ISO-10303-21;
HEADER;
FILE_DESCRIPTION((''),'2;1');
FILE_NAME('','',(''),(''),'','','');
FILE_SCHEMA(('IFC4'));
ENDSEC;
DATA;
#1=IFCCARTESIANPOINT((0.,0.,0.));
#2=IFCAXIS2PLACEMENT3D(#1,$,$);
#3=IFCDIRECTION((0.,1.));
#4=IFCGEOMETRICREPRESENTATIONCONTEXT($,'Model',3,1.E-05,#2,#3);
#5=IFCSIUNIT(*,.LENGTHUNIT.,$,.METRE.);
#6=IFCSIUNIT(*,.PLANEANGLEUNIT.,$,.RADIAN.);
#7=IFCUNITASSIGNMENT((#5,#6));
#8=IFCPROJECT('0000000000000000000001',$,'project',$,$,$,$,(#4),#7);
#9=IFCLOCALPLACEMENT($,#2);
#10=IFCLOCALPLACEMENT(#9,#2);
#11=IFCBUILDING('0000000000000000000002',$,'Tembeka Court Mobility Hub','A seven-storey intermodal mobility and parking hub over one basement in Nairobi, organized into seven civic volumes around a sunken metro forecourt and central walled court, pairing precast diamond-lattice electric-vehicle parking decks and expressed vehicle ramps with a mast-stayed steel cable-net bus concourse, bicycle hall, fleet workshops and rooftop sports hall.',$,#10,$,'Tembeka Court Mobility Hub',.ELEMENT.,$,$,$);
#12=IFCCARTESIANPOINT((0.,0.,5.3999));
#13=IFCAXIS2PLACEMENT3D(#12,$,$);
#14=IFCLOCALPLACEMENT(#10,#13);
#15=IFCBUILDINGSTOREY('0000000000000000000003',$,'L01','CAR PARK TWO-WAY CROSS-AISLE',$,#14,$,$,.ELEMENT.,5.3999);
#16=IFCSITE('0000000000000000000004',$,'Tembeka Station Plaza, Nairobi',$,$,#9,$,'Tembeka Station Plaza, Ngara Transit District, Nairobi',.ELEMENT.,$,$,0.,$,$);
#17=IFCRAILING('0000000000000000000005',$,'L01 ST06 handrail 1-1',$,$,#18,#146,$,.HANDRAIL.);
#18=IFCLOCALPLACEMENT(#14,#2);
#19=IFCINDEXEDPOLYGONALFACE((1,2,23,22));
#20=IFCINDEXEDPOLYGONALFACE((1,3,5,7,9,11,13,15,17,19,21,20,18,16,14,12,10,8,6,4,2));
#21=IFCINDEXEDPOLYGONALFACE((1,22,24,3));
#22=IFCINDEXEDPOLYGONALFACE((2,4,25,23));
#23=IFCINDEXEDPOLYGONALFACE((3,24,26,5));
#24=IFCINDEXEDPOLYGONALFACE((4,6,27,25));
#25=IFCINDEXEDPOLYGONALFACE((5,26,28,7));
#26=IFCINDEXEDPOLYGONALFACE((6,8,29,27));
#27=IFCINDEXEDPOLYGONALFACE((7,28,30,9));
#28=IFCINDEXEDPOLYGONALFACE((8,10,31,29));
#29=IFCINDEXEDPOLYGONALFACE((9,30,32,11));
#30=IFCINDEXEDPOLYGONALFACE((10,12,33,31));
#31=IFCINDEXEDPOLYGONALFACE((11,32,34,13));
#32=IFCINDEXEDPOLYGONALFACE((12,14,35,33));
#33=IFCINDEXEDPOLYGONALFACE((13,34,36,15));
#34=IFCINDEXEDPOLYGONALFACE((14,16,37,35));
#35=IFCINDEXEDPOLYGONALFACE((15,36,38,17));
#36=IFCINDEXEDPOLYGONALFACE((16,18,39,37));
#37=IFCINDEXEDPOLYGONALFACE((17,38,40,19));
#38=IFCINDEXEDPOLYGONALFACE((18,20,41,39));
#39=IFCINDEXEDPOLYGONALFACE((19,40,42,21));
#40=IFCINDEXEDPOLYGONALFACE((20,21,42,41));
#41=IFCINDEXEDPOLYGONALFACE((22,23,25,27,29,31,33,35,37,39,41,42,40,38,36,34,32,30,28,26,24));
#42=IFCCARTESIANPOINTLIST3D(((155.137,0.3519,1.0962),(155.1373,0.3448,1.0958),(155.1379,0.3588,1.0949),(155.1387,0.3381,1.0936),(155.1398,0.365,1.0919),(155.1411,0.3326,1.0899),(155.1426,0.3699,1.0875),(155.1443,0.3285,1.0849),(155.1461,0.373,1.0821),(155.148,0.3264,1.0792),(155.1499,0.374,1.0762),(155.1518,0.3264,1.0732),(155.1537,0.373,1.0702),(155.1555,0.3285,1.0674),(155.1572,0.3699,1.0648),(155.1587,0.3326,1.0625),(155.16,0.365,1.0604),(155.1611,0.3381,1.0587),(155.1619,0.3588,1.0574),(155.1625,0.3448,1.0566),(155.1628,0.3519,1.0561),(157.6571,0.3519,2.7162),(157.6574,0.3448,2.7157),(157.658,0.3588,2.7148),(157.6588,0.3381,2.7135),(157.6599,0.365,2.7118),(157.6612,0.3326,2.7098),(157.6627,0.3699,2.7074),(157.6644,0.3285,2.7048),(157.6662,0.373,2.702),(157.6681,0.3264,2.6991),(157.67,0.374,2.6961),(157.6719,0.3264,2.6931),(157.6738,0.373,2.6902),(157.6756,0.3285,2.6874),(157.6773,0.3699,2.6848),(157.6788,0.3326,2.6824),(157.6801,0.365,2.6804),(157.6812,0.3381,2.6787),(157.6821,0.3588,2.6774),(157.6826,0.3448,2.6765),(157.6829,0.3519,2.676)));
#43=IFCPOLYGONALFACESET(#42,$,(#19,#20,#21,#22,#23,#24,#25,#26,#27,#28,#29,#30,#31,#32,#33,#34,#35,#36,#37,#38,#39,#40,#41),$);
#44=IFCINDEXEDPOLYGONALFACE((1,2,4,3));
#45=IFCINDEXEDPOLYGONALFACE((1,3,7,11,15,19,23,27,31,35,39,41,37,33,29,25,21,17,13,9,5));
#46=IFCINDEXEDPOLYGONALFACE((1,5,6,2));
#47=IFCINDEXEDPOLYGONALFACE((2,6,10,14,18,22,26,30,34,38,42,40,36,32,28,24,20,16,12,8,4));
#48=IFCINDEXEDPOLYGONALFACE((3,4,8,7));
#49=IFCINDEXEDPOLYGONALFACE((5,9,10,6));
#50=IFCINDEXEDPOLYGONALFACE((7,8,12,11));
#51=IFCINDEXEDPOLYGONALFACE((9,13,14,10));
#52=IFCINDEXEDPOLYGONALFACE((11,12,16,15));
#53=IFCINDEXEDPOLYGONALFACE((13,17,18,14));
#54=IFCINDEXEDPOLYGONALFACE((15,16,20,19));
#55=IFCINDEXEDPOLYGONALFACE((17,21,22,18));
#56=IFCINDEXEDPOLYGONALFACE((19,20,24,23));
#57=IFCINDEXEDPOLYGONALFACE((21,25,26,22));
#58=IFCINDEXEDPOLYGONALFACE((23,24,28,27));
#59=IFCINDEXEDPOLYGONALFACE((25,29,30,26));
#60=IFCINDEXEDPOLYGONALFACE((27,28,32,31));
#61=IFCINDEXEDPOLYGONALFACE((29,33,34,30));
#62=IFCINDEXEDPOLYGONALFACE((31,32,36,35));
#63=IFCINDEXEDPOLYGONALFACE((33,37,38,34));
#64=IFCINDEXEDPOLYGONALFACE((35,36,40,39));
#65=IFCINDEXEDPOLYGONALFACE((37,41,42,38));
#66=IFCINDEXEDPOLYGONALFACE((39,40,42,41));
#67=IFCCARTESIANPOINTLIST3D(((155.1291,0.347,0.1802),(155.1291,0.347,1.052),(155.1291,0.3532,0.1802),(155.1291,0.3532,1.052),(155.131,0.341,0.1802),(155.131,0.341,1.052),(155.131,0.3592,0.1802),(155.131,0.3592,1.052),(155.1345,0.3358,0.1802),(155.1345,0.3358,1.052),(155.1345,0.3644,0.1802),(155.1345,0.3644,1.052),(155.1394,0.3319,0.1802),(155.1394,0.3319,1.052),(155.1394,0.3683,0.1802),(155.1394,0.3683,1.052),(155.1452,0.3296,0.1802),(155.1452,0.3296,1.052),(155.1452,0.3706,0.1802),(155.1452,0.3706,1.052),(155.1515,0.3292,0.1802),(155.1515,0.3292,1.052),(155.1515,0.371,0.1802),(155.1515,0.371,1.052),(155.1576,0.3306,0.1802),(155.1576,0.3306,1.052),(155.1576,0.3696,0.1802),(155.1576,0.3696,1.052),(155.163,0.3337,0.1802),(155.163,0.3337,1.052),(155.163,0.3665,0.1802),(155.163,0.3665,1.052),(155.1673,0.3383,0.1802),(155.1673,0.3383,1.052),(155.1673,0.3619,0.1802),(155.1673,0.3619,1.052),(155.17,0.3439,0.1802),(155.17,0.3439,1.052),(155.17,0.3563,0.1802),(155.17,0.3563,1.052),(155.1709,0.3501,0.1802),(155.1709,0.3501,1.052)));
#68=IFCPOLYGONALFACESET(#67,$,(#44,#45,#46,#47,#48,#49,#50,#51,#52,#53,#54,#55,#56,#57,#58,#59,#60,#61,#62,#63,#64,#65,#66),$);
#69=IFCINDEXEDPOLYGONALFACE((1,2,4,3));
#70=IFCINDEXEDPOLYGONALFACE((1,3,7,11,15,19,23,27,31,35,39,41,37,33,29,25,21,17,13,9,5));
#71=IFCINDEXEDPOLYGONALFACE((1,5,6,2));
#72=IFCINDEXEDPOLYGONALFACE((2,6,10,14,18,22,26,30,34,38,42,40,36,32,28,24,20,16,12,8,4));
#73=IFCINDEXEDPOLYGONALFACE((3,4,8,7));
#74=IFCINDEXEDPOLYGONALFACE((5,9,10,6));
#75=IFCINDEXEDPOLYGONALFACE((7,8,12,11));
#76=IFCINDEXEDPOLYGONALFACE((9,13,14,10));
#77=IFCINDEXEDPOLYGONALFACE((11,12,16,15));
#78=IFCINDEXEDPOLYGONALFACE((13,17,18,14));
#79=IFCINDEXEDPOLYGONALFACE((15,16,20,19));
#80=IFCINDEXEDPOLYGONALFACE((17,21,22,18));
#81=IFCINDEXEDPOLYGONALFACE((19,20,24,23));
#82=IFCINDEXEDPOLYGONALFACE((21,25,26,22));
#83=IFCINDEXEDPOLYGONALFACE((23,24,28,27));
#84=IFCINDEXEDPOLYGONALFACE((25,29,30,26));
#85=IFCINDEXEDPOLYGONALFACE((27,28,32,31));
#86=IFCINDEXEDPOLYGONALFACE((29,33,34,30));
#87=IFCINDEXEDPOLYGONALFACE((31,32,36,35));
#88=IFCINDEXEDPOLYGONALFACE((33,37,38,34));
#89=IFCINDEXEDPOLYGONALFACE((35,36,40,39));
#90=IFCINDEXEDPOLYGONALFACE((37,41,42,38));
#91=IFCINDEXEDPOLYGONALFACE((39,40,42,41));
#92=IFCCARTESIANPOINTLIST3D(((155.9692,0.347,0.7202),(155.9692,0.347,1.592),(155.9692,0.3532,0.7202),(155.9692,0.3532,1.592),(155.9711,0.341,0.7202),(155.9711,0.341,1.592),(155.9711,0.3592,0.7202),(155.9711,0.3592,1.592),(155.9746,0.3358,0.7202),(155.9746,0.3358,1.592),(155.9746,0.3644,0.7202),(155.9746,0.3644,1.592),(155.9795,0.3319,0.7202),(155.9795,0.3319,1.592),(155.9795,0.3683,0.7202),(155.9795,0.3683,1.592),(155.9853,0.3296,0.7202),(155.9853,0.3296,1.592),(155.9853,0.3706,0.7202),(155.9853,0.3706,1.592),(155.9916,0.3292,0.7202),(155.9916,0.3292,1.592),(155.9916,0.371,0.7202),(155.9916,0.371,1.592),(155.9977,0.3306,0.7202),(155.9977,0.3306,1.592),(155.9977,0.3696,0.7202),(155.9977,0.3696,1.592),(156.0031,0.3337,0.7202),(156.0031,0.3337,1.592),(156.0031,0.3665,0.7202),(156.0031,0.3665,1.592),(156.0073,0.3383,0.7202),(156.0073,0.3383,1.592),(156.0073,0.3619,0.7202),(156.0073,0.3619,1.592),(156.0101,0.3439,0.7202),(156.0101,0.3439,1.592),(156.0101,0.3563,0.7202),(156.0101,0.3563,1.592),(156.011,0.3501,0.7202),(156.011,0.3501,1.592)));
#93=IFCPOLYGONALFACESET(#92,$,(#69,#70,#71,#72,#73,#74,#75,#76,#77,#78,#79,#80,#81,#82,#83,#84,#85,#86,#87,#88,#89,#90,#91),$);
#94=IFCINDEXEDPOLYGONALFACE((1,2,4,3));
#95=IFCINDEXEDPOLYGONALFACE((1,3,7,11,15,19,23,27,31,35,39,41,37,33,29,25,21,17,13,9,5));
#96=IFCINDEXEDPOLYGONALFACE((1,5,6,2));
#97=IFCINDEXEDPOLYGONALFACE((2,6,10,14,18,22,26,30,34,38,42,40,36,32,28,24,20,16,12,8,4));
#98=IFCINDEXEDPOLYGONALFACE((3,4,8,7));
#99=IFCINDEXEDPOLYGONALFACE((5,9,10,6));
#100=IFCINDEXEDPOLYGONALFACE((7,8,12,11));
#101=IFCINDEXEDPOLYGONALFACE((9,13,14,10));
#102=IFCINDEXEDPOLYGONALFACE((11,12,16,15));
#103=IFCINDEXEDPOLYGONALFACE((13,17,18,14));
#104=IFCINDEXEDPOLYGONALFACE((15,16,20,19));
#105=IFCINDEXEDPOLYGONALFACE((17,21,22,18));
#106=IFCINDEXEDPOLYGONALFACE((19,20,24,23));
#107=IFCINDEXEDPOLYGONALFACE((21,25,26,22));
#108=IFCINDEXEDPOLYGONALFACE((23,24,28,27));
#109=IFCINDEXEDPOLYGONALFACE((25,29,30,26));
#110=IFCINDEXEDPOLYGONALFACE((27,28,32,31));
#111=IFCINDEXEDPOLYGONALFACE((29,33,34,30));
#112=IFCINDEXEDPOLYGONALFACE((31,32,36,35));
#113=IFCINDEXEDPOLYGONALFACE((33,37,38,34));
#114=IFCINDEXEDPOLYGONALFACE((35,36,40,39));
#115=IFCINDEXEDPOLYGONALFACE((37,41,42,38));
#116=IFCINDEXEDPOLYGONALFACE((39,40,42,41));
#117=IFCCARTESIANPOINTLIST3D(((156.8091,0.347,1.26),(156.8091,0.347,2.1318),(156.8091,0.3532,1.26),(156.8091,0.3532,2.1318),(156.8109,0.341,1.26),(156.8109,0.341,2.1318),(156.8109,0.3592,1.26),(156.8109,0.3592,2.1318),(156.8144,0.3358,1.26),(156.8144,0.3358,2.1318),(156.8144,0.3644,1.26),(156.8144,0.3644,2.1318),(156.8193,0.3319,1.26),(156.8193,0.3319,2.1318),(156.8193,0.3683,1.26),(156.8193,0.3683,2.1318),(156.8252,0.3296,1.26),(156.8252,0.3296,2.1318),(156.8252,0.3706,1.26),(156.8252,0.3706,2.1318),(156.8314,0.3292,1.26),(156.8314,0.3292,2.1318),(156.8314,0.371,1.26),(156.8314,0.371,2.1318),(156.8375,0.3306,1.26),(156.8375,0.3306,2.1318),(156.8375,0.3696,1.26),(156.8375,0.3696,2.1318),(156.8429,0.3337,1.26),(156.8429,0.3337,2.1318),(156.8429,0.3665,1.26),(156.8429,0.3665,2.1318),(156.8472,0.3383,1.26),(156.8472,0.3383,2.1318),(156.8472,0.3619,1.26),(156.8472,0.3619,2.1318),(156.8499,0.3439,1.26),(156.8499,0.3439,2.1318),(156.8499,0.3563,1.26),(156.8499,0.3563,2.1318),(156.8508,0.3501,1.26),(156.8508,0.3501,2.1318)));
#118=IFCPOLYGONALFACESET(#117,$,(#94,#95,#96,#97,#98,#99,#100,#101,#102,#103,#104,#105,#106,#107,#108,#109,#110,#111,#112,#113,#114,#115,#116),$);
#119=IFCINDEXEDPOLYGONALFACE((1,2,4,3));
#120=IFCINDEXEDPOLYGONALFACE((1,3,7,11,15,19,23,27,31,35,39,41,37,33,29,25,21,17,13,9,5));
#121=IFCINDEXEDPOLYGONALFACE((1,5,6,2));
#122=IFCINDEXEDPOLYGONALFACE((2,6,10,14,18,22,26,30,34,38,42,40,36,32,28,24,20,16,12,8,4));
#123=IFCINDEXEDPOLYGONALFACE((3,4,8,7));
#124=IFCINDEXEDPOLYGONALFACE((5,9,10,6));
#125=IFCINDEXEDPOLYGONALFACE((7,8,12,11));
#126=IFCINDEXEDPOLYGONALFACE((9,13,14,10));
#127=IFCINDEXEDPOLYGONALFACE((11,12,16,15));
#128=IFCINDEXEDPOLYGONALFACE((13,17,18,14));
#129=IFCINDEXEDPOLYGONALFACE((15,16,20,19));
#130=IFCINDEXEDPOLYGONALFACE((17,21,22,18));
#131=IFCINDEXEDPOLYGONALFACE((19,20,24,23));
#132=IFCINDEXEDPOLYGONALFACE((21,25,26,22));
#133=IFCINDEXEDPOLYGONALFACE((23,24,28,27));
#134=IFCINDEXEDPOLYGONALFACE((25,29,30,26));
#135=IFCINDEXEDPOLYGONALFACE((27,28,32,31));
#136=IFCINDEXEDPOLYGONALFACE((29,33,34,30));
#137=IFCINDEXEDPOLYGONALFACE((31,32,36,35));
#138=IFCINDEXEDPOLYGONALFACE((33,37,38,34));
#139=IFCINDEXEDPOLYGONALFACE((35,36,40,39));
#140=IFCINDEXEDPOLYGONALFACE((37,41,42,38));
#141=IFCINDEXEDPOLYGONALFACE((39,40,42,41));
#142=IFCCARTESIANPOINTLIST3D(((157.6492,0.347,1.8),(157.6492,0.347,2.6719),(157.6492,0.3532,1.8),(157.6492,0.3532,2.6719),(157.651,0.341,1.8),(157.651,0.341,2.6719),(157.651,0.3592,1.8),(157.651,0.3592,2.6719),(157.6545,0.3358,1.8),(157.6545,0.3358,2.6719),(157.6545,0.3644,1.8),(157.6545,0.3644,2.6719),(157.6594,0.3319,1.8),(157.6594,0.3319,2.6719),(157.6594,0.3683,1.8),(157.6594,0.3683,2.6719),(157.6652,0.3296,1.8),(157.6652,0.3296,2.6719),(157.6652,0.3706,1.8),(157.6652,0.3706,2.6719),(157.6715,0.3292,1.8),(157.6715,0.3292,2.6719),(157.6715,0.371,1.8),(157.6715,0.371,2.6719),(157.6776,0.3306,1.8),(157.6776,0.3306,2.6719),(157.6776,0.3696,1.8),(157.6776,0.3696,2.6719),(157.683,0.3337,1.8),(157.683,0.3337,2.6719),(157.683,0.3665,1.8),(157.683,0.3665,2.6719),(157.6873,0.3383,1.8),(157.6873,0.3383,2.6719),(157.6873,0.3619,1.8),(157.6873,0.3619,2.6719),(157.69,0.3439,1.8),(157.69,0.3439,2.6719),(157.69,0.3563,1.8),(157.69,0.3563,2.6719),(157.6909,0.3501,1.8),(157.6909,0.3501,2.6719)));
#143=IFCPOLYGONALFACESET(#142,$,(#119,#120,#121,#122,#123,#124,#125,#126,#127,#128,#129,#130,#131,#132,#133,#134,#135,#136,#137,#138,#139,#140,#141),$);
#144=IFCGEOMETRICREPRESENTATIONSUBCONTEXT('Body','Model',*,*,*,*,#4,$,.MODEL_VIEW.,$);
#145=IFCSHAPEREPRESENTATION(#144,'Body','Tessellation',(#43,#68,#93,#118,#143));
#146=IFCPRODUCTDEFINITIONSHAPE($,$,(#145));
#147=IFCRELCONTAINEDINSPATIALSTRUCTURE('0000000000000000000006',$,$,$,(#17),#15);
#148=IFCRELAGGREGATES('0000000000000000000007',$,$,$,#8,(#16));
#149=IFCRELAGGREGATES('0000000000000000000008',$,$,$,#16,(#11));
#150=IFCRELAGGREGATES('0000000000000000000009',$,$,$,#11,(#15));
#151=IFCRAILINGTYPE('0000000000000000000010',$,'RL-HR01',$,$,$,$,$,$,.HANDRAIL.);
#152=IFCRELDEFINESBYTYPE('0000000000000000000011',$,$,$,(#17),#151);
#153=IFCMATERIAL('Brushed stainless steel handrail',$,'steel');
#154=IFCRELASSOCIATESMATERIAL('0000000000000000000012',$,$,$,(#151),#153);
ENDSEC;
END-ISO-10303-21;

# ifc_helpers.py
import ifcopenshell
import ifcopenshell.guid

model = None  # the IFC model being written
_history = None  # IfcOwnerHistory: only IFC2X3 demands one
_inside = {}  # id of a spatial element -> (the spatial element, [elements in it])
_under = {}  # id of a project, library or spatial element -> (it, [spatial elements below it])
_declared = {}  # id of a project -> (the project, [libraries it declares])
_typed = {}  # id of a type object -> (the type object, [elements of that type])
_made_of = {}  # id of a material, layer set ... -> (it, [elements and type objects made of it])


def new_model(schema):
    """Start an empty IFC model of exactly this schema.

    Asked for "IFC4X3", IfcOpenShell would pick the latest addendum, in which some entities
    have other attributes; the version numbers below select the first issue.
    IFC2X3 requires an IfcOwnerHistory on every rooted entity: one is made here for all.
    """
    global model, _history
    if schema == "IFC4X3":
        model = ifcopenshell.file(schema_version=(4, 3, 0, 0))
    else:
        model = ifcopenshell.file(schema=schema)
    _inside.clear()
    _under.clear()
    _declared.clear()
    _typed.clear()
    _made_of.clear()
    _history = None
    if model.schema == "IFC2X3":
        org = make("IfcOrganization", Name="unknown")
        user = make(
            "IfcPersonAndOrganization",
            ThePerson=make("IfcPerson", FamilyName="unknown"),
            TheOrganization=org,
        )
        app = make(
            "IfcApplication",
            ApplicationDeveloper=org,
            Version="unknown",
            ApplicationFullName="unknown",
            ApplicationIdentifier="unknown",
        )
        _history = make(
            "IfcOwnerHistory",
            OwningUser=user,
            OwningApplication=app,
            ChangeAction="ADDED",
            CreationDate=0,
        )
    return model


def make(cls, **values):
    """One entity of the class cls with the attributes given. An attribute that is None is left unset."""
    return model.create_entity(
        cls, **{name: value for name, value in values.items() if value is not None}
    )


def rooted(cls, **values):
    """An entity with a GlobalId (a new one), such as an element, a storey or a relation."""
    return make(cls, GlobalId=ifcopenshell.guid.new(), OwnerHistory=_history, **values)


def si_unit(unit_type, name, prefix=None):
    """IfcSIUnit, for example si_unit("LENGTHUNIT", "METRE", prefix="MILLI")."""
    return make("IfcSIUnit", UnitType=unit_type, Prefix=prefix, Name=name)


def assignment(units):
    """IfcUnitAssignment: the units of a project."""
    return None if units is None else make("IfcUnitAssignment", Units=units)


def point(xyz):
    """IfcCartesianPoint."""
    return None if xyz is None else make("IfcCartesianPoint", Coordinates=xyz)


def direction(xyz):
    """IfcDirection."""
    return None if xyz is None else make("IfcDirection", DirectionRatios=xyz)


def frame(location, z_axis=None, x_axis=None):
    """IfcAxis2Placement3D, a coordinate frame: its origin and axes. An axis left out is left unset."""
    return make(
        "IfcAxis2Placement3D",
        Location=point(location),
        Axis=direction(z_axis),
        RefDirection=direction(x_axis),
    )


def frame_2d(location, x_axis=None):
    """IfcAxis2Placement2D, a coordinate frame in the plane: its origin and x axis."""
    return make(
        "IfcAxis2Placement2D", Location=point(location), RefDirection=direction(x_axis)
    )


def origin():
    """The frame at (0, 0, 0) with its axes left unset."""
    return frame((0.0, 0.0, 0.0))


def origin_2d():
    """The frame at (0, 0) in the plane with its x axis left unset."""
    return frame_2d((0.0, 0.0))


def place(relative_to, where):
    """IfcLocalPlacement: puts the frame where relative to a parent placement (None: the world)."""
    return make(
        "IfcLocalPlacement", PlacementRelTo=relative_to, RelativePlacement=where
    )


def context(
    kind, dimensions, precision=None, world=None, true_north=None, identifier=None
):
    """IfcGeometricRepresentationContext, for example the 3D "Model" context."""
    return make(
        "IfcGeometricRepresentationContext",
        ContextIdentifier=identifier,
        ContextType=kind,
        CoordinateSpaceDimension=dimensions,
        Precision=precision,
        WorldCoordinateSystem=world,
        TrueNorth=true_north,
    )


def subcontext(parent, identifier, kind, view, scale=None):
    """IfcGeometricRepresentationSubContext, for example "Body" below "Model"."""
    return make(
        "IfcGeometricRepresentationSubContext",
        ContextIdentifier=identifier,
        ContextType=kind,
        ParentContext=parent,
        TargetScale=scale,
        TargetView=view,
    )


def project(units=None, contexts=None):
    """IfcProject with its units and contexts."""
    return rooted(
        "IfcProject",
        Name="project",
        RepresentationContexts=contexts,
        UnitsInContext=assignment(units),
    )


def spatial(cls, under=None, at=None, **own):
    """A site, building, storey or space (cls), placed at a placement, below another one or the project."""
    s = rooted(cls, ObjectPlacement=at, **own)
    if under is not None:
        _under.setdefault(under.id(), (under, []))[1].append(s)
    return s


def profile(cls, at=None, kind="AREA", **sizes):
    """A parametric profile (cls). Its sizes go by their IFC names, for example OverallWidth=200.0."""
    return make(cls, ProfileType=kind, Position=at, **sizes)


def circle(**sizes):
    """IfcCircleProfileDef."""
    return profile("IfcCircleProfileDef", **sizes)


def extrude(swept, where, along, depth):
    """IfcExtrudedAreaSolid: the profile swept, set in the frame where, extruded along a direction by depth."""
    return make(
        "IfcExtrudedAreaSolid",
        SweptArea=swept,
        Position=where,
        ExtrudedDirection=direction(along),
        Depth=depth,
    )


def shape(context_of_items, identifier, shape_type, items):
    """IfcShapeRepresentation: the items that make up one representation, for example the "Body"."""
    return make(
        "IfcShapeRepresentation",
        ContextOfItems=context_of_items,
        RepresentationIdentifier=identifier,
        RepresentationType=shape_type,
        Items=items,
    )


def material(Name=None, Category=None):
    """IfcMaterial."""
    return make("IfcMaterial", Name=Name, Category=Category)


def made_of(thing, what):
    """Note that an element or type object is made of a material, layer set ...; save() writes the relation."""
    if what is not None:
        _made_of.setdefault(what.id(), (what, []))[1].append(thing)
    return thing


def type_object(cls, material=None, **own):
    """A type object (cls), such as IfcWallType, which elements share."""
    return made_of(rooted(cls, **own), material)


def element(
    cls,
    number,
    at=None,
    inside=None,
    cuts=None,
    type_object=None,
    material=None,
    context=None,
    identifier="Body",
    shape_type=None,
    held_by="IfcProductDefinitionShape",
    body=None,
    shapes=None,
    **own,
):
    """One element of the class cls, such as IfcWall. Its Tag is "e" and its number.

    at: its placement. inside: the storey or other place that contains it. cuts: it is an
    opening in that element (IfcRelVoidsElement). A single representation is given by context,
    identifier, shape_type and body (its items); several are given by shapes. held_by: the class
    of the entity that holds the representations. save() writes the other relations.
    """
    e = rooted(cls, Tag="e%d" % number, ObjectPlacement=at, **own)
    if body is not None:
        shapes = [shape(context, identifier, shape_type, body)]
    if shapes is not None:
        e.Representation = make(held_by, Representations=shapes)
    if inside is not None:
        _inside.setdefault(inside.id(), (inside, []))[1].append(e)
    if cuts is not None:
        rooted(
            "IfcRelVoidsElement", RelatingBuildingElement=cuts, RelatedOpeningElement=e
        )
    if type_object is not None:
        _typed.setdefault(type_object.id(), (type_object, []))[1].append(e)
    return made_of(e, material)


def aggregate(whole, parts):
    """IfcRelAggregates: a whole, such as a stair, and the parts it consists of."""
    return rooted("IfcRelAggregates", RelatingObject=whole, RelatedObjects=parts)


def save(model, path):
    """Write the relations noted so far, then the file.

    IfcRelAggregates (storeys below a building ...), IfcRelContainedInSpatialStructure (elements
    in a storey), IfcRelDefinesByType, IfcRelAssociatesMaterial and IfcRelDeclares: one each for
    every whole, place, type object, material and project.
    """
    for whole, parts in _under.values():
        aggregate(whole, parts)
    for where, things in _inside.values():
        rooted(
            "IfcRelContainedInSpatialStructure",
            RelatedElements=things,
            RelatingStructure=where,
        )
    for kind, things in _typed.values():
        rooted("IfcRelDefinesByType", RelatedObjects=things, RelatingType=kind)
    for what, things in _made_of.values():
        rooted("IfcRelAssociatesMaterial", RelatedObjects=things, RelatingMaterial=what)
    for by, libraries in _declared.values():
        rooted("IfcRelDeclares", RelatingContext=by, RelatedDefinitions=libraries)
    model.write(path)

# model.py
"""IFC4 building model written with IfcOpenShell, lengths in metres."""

from ifc_helpers import new_model, si_unit, direction, frame, origin, origin_2d, place, context, subcontext, project, spatial, circle, extrude, material, type_object, element, save


model = new_model("IFC4")

# Units and contexts
model_context = context("Model", 3, precision=1e-05, world=origin(), true_north=direction((0.0, 1.0)))
body_context = subcontext(model_context, "Body", "Model", "MODEL_VIEW")
ifc_project = project(units=[si_unit("LENGTHUNIT", "METRE"), si_unit("PLANEANGLEUNIT", "RADIAN")], contexts=[model_context])

# Site, building, storey
site_placement = place(None, origin())
site = spatial("IfcSite", under=ifc_project, at=site_placement, Name="Tembeka Station Plaza, Nairobi", LongName="Tembeka Station Plaza, Ngara Transit District, Nairobi", CompositionType="ELEMENT", RefElevation=0.0)
building_placement = place(site_placement, origin())
building = spatial("IfcBuilding", under=site, at=building_placement, Name="Tembeka Court Mobility Hub", Description="A seven-storey intermodal mobility and parking hub over one basement in Nairobi, organized into seven civic volumes around a sunken metro forecourt and central walled court, pairing precast diamond-lattice electric-vehicle parking decks and expressed vehicle ramps with a mast-stayed steel cable-net bus concourse, bicycle hall, fleet workshops and rooftop sports hall.", LongName="Tembeka Court Mobility Hub", CompositionType="ELEMENT")
storey_placement = place(building_placement, frame((0.0, 0.0, 5.3999)))
storey = spatial("IfcBuildingStorey", under=building, at=storey_placement, Name="L01", Description="CAR PARK TWO-WAY CROSS-AISLE", CompositionType="ELEMENT", Elevation=5.3999)

# Railing
ifc_material_1 = material(Name="Brushed stainless steel handrail", Category="steel")
railing_type_1 = type_object("IfcRailingType", Name="RL-HR01", PredefinedType="HANDRAIL", material=ifc_material_1)
railing_1_placement = place(storey_placement, frame((155.1499, 0.3501, 0.1802)))
element("IfcRailing", 1, at=railing_1_placement, inside=storey, type_object=railing_type_1, Name="L01 ST06 handrail 1-1", PredefinedType="HANDRAIL", context=body_context, shape_type="SweptSolid", body=[
    extrude(circle(Radius=0.0239, at=origin_2d()), frame((0.0, 0.0, 0.896), z_axis=(0.8412, 0.0, 0.540725), x_axis=(0.0, 1.0, 0.0)), (0.0, 0.0, 1.0), 2.9958),
    extrude(circle(Radius=0.021, at=origin_2d()), origin(), (0.0, 0.0, 1.0), 0.8718),
    extrude(circle(Radius=0.021, at=origin_2d()), frame((0.8401, 0.0, 0.54)), (0.0, 0.0, 1.0), 0.8718),
    extrude(circle(Radius=0.021, at=origin_2d()), frame((1.6799, 0.0, 1.0798)), (0.0, 0.0, 1.0), 0.8718),
    extrude(circle(Radius=0.021, at=origin_2d()), frame((2.52, 0.0, 1.6199)), (0.0, 0.0, 1.0), 0.8718),
])

save(model, "model.ifc")
